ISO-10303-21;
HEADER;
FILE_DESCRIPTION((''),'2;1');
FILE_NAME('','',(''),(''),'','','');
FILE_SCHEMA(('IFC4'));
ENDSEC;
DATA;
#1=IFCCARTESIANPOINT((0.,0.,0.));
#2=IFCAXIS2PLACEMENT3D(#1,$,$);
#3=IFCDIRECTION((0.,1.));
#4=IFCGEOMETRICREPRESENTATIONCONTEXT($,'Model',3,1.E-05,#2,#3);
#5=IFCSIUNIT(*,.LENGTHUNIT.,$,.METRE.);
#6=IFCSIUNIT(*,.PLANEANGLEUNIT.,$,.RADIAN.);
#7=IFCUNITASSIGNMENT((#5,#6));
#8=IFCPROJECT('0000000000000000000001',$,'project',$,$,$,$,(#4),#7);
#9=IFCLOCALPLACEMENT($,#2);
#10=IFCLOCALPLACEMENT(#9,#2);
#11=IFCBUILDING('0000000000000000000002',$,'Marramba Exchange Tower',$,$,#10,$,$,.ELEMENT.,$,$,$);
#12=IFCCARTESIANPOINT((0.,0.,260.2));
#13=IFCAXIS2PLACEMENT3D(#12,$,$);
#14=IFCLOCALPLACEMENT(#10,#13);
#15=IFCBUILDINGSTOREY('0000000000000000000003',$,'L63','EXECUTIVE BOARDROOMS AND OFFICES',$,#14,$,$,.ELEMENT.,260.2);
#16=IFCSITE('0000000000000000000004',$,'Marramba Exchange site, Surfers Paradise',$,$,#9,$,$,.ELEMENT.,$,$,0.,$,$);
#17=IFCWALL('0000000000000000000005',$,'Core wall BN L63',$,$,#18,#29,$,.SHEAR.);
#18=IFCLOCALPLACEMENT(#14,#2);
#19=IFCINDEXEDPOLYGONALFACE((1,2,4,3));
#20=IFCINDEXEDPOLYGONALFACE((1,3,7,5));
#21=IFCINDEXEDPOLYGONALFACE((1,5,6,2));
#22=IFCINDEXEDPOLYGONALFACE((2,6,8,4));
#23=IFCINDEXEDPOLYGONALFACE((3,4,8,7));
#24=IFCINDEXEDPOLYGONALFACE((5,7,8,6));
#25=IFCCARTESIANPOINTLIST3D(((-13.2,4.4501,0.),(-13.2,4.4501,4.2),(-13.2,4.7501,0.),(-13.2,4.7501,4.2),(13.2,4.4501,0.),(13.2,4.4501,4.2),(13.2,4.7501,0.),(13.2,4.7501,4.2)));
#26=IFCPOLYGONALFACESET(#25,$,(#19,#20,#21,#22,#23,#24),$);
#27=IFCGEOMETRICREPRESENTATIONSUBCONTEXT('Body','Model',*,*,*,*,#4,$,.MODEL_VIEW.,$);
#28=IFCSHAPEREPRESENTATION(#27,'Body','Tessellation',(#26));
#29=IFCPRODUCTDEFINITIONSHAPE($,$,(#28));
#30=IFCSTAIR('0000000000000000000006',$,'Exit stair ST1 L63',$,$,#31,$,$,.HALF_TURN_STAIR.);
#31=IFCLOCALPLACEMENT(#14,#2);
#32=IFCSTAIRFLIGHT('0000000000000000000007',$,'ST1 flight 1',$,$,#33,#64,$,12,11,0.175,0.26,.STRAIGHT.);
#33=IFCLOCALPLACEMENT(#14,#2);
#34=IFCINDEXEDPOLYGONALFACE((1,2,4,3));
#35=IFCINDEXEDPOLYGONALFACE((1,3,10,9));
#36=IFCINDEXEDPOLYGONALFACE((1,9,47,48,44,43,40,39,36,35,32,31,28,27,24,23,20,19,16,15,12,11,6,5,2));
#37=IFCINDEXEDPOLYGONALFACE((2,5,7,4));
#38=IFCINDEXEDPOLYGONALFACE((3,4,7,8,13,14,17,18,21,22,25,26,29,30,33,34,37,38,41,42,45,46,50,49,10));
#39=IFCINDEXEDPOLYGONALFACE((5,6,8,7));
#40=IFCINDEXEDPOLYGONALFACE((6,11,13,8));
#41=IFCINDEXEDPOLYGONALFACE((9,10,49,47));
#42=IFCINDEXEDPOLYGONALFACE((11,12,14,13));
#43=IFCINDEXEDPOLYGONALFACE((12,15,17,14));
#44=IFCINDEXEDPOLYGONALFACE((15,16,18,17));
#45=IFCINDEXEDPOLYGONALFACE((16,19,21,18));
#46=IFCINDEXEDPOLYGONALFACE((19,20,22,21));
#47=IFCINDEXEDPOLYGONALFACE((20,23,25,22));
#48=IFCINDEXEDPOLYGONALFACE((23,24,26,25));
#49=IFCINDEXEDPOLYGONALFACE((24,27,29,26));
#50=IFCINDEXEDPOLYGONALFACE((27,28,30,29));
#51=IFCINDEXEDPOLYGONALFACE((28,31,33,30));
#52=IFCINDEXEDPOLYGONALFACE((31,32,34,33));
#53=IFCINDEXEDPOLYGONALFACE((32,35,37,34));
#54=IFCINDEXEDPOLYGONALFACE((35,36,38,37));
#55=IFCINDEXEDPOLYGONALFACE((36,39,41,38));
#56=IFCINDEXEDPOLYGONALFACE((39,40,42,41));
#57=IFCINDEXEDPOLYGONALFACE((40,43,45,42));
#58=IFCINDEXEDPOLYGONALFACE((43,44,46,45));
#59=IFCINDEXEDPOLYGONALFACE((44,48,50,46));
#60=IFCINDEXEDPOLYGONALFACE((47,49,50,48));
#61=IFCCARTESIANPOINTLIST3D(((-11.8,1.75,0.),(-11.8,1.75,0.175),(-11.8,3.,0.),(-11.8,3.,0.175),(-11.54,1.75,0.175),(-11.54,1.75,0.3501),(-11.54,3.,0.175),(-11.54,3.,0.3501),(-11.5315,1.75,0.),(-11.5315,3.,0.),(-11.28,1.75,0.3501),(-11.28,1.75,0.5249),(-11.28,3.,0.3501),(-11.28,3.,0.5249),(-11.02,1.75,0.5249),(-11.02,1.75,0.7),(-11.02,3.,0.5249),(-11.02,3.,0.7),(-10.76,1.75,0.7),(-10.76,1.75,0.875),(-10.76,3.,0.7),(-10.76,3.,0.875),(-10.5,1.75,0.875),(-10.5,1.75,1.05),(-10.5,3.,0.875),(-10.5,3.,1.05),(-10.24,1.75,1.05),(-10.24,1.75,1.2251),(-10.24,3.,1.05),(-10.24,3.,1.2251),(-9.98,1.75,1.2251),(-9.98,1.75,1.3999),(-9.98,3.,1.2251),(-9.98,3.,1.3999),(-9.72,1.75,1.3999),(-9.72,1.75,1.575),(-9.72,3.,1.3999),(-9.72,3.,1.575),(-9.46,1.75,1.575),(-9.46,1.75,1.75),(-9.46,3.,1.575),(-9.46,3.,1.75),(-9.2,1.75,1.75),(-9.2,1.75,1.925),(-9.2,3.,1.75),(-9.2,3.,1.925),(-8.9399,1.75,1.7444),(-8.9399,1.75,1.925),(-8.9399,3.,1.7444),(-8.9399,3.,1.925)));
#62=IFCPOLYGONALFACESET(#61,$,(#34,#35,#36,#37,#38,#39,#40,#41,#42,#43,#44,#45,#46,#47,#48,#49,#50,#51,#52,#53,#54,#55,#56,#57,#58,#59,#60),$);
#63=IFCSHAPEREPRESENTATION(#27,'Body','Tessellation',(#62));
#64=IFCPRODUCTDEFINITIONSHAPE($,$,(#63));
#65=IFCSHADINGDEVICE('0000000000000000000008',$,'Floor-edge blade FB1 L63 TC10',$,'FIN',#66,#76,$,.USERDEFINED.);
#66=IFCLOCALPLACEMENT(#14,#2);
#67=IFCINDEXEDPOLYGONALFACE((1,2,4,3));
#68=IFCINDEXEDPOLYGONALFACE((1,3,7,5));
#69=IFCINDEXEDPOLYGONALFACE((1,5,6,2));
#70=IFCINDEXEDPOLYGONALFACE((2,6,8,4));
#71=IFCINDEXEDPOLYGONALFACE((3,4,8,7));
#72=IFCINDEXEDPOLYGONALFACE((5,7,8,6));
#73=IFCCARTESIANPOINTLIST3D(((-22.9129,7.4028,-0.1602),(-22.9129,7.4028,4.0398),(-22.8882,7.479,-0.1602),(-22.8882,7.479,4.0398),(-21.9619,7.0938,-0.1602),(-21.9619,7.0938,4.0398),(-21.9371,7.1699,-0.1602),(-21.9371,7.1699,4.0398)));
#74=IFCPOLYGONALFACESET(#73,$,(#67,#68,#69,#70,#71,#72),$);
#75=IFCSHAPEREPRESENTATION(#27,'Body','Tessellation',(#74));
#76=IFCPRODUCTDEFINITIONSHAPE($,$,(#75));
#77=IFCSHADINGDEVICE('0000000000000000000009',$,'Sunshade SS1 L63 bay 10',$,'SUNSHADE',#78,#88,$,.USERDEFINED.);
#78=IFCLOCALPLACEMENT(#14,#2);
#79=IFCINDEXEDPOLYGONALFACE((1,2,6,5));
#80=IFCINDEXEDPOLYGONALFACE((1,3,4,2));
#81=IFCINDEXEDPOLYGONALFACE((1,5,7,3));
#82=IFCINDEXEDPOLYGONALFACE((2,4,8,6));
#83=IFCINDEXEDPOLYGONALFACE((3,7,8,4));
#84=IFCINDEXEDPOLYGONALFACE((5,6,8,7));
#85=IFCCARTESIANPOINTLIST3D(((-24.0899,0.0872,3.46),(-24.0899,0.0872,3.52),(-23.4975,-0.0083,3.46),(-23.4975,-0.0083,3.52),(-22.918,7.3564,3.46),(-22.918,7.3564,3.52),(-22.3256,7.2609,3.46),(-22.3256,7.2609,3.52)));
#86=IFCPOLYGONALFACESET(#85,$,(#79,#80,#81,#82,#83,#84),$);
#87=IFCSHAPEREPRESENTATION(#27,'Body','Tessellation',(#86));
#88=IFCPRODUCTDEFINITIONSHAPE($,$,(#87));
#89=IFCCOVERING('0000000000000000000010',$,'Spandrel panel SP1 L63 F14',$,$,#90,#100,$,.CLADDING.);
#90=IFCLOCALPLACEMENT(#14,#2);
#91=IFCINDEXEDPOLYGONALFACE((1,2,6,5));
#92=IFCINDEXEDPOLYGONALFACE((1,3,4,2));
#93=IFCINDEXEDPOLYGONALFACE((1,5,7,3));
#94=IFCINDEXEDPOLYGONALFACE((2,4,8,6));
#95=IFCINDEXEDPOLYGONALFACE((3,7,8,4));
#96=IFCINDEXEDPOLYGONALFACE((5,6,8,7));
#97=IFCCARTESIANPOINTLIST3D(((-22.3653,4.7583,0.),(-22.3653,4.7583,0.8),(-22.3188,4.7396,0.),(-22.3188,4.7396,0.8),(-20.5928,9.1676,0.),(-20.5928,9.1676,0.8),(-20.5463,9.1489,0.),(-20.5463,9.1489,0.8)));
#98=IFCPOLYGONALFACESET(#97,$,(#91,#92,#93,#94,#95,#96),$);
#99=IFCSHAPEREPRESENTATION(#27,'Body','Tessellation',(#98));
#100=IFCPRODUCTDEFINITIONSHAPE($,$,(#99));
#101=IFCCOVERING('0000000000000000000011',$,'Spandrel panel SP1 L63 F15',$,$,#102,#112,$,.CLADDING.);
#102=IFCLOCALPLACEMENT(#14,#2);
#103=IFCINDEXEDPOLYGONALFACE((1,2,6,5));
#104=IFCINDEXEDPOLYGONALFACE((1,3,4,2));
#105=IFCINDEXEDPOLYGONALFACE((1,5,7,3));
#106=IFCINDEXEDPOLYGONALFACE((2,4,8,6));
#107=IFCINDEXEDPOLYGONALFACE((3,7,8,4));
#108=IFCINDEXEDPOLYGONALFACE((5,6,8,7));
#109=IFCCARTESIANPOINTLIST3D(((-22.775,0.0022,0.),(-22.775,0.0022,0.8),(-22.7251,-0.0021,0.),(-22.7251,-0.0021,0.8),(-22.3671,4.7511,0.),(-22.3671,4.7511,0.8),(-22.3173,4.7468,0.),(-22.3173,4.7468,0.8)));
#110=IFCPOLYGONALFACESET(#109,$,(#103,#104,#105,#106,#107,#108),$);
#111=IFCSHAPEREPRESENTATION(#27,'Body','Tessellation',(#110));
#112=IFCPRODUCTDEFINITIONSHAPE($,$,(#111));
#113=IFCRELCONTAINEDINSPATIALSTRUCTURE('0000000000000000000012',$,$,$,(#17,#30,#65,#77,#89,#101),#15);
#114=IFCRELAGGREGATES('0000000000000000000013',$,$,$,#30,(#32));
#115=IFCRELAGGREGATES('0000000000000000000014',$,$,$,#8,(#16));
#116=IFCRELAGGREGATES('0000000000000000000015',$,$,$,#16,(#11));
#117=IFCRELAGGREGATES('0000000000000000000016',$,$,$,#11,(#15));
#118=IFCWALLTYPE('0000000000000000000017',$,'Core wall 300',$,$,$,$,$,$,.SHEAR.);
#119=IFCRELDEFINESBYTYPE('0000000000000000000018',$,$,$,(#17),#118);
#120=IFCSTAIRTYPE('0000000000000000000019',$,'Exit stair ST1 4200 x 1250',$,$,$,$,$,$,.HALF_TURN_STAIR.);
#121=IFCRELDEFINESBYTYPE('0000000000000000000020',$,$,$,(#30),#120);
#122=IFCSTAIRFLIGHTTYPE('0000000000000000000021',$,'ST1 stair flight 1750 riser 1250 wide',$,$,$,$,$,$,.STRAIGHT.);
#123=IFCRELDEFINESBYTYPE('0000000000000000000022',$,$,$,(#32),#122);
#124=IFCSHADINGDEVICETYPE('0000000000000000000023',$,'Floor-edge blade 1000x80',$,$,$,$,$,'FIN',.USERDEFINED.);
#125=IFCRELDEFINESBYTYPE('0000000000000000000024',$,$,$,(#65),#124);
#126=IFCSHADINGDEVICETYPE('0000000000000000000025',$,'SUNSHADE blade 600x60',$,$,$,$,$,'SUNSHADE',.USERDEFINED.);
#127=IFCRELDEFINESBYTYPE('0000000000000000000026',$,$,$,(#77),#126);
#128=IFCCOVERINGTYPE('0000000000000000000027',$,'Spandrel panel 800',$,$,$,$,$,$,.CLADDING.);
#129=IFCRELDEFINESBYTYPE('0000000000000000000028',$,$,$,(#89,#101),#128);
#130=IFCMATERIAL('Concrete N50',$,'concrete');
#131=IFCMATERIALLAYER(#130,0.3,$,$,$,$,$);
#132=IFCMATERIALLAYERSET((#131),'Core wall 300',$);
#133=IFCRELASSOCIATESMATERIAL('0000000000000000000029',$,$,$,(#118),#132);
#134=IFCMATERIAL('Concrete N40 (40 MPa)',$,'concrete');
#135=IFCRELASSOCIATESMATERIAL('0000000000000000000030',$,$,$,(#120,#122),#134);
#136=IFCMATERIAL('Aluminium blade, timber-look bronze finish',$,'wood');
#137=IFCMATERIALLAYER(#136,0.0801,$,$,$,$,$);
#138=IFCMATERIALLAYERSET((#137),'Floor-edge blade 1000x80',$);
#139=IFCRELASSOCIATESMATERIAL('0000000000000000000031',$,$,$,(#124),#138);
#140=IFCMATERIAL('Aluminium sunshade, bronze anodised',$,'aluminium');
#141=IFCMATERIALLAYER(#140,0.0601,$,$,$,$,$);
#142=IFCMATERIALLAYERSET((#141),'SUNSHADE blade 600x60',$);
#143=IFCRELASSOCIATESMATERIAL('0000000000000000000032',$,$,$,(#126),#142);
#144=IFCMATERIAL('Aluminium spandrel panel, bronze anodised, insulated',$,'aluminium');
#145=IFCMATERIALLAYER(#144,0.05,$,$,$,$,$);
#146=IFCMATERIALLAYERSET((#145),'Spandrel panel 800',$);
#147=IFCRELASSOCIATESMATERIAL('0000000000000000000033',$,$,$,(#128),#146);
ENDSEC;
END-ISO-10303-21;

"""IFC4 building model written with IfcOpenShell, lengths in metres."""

from ifc_helpers import new_model, si_unit, direction, frame, frame_2d, origin, origin_2d, place, context, subcontext, project, spatial, polyline, rectangle, outline, extrude, material, layer, layer_set, type_object, element, aggregate, save


model = new_model("IFC4")

# Units and contexts
model_context = context("Model", 3, precision=1e-05, world=origin(), true_north=direction((0.0, 1.0)))
body_context = subcontext(model_context, "Body", "Model", "MODEL_VIEW")
ifc_project = project(units=[si_unit("LENGTHUNIT", "METRE"), si_unit("PLANEANGLEUNIT", "RADIAN")], contexts=[model_context])

# Site, building, storey
site_placement = place(None, origin())
site = spatial("IfcSite", under=ifc_project, at=site_placement, Name="Marramba Exchange site, Surfers Paradise", CompositionType="ELEMENT", RefElevation=0.0)
building_placement = place(site_placement, origin())
building = spatial("IfcBuilding", under=site, at=building_placement, Name="Marramba Exchange Tower", CompositionType="ELEMENT")
storey_placement = place(building_placement, frame((0.0, 0.0, 260.2)))
storey = spatial("IfcBuildingStorey", under=building, at=storey_placement, Name="L63", Description="EXECUTIVE BOARDROOMS AND OFFICES", CompositionType="ELEMENT", Elevation=260.2)

# Shared definitions
ifc_material_1 = material(Name="Concrete N50", Category="concrete")

# Shared definitions
ifc_layer_1 = layer(ifc_material_1, 0.3)
ifc_layer_set_1 = layer_set([ifc_layer_1], Name="Core wall 300")
wall_type_1 = type_object("IfcWallType", Name="Core wall 300", PredefinedType="SHEAR", material=ifc_layer_set_1)

# Wall
wall_1_placement = place(storey_placement, frame((-13.2, 4.6001, 0.0), z_axis=(0.0, 0.0, 1.0), x_axis=(1.0, 0.0, 0.0)))
element("IfcWall", 1, at=wall_1_placement, inside=storey, type_object=wall_type_1, Name="Core wall BN L63", PredefinedType="SHEAR", context=body_context, shape_type="SweptSolid", body=[
    extrude(rectangle(XDim=26.3999, YDim=0.3, at=frame_2d((13.2, 0.0))), origin(), (0.0, 0.0, 1.0), 4.2),
])

# Stair, stair flight
ifc_material_2 = material(Name="Concrete N40 (40 MPa)", Category="concrete")
stair_type = type_object("IfcStairType", Name="Exit stair ST1 4200 x 1250", PredefinedType="HALF_TURN_STAIR", material=ifc_material_2)
stair_placement = place(storey_placement, origin())
stair = element("IfcStair", 2, at=stair_placement, inside=storey, type_object=stair_type, Name="Exit stair ST1 L63", PredefinedType="HALF_TURN_STAIR")
stair_flight_type = type_object("IfcStairFlightType", Name="ST1 stair flight 1750 riser 1250 wide", PredefinedType="STRAIGHT", material=ifc_material_2)
stair_flight_placement = place(storey_placement, frame((-11.8, 2.375, 0.0), z_axis=(0.0, 0.0, 1.0), x_axis=(1.0, 0.0, 0.0)))
stair_flight = element("IfcStairFlight", 3, at=stair_flight_placement, type_object=stair_flight_type, Name="ST1 flight 1", NumberOfRisers=12, NumberOfTreads=11, PredefinedType="STRAIGHT", RiserHeight=0.175, TreadLength=0.26, context=body_context, shape_type="SweptSolid", body=[
    extrude(outline(polyline([(0.0, 0.0), (0.0, 0.175), (0.26, 0.175), (0.26, 0.3501), (0.52, 0.3501), (0.52, 0.5249), (0.78, 0.5249), (0.78, 0.7), (1.04, 0.7), (1.04, 0.875), (1.3, 0.875), (1.3, 1.05), (1.5601, 1.05), (1.5601, 1.2251), (1.8201, 1.2251), (1.8201, 1.3999), (2.0801, 1.3999), (2.0801, 1.575), (2.3401, 1.575), (2.3401, 1.75), (2.6001, 1.75), (2.6001, 1.925), (2.8601, 1.925), (2.8601, 2.1001), (2.8601, 1.7444), (0.2686, 0.0), (0.0, 0.0)])), frame((0.0, 0.625, 0.0), z_axis=(0.0, -1.0, 0.0), x_axis=(1.0, 0.0, 0.0)), (0.0, 0.0, 1.0), 1.25),
])
aggregate(stair, [stair_flight])

# Shading devices
ifc_material_3 = material(Name="Aluminium blade, timber-look bronze finish", Category="wood")
ifc_layer_2 = layer(ifc_material_3, 0.0801)
ifc_layer_set_2 = layer_set([ifc_layer_2], Name="Floor-edge blade 1000x80")
shading_device_type_1 = type_object("IfcShadingDeviceType", Name="Floor-edge blade 1000x80", ElementType="FIN", PredefinedType="USERDEFINED", material=ifc_layer_set_2)
shading_device_1_placement = place(storey_placement, frame((-22.425, 7.2864, -0.1602), z_axis=(0.0, 0.0, 1.0), x_axis=(-0.951057, 0.309017, 0.0)))
element("IfcShadingDevice", 4, at=shading_device_1_placement, inside=storey, type_object=shading_device_type_1, Name="Floor-edge blade FB1 L63 TC10", ObjectType="FIN", PredefinedType="USERDEFINED", context=body_context, shape_type="SweptSolid", body=[
    extrude(rectangle(XDim=1.0, YDim=0.0801, at=origin_2d()), origin(), (0.0, 0.0, 1.0), 4.2),
])
ifc_material_4 = material(Name="Aluminium sunshade, bronze anodised", Category="aluminium")
ifc_layer_3 = layer(ifc_material_4, 0.0601)
ifc_layer_set_3 = layer_set([ifc_layer_3], Name="SUNSHADE blade 600x60")
shading_device_type_2 = type_object("IfcShadingDeviceType", Name="SUNSHADE blade 600x60", ElementType="SUNSHADE", PredefinedType="USERDEFINED", material=ifc_layer_set_3)
shading_device_2_placement = place(storey_placement, frame((-23.2078, 3.6741, 3.46), z_axis=(0.0, 0.0, 1.0), x_axis=(-0.159158, -0.987253, 0.0)))
element("IfcShadingDevice", 5, at=shading_device_2_placement, inside=storey, type_object=shading_device_type_2, Name="Sunshade SS1 L63 bay 10", ObjectType="SUNSHADE", PredefinedType="USERDEFINED", context=body_context, shape_type="SweptSolid", body=[
    extrude(rectangle(XDim=7.363, YDim=0.6001, at=origin_2d()), origin(), (0.0, 0.0, 1.0), 0.0601),
])

# Coverings
ifc_material_5 = material(Name="Aluminium spandrel panel, bronze anodised, insulated", Category="aluminium")
ifc_layer_4 = layer(ifc_material_5, 0.05)
ifc_layer_set_4 = layer_set([ifc_layer_4], Name="Spandrel panel 800")
covering_type = type_object("IfcCoveringType", Name="Spandrel panel 800", PredefinedType="CLADDING", material=ifc_layer_set_4)
covering_1_placement = place(storey_placement, frame((-21.4558, 6.9536, 0.0), z_axis=(0.0, 0.0, 1.0), x_axis=(-0.372983, -0.927838, 0.0)))
element("IfcCovering", 6, at=covering_1_placement, inside=storey, type_object=covering_type, Name="Spandrel panel SP1 L63 F14", PredefinedType="CLADDING", context=body_context, shape_type="SweptSolid", body=[
    extrude(rectangle(XDim=4.7522, YDim=0.05, at=origin_2d()), origin(), (0.0, 0.0, 1.0), 0.8),
])
covering_2_placement = place(storey_placement, frame((-22.5461, 2.3745, 0.0), z_axis=(0.0, 0.0, 1.0), x_axis=(-0.085574, -0.996332, 0.0)))
element("IfcCovering", 7, at=covering_2_placement, inside=storey, type_object=covering_type, Name="Spandrel panel SP1 L63 F15", PredefinedType="CLADDING", context=body_context, shape_type="SweptSolid", body=[
    extrude(rectangle(XDim=4.7664, YDim=0.05, at=origin_2d()), origin(), (0.0, 0.0, 1.0), 0.8),
])

save(model, "model.ifc")
